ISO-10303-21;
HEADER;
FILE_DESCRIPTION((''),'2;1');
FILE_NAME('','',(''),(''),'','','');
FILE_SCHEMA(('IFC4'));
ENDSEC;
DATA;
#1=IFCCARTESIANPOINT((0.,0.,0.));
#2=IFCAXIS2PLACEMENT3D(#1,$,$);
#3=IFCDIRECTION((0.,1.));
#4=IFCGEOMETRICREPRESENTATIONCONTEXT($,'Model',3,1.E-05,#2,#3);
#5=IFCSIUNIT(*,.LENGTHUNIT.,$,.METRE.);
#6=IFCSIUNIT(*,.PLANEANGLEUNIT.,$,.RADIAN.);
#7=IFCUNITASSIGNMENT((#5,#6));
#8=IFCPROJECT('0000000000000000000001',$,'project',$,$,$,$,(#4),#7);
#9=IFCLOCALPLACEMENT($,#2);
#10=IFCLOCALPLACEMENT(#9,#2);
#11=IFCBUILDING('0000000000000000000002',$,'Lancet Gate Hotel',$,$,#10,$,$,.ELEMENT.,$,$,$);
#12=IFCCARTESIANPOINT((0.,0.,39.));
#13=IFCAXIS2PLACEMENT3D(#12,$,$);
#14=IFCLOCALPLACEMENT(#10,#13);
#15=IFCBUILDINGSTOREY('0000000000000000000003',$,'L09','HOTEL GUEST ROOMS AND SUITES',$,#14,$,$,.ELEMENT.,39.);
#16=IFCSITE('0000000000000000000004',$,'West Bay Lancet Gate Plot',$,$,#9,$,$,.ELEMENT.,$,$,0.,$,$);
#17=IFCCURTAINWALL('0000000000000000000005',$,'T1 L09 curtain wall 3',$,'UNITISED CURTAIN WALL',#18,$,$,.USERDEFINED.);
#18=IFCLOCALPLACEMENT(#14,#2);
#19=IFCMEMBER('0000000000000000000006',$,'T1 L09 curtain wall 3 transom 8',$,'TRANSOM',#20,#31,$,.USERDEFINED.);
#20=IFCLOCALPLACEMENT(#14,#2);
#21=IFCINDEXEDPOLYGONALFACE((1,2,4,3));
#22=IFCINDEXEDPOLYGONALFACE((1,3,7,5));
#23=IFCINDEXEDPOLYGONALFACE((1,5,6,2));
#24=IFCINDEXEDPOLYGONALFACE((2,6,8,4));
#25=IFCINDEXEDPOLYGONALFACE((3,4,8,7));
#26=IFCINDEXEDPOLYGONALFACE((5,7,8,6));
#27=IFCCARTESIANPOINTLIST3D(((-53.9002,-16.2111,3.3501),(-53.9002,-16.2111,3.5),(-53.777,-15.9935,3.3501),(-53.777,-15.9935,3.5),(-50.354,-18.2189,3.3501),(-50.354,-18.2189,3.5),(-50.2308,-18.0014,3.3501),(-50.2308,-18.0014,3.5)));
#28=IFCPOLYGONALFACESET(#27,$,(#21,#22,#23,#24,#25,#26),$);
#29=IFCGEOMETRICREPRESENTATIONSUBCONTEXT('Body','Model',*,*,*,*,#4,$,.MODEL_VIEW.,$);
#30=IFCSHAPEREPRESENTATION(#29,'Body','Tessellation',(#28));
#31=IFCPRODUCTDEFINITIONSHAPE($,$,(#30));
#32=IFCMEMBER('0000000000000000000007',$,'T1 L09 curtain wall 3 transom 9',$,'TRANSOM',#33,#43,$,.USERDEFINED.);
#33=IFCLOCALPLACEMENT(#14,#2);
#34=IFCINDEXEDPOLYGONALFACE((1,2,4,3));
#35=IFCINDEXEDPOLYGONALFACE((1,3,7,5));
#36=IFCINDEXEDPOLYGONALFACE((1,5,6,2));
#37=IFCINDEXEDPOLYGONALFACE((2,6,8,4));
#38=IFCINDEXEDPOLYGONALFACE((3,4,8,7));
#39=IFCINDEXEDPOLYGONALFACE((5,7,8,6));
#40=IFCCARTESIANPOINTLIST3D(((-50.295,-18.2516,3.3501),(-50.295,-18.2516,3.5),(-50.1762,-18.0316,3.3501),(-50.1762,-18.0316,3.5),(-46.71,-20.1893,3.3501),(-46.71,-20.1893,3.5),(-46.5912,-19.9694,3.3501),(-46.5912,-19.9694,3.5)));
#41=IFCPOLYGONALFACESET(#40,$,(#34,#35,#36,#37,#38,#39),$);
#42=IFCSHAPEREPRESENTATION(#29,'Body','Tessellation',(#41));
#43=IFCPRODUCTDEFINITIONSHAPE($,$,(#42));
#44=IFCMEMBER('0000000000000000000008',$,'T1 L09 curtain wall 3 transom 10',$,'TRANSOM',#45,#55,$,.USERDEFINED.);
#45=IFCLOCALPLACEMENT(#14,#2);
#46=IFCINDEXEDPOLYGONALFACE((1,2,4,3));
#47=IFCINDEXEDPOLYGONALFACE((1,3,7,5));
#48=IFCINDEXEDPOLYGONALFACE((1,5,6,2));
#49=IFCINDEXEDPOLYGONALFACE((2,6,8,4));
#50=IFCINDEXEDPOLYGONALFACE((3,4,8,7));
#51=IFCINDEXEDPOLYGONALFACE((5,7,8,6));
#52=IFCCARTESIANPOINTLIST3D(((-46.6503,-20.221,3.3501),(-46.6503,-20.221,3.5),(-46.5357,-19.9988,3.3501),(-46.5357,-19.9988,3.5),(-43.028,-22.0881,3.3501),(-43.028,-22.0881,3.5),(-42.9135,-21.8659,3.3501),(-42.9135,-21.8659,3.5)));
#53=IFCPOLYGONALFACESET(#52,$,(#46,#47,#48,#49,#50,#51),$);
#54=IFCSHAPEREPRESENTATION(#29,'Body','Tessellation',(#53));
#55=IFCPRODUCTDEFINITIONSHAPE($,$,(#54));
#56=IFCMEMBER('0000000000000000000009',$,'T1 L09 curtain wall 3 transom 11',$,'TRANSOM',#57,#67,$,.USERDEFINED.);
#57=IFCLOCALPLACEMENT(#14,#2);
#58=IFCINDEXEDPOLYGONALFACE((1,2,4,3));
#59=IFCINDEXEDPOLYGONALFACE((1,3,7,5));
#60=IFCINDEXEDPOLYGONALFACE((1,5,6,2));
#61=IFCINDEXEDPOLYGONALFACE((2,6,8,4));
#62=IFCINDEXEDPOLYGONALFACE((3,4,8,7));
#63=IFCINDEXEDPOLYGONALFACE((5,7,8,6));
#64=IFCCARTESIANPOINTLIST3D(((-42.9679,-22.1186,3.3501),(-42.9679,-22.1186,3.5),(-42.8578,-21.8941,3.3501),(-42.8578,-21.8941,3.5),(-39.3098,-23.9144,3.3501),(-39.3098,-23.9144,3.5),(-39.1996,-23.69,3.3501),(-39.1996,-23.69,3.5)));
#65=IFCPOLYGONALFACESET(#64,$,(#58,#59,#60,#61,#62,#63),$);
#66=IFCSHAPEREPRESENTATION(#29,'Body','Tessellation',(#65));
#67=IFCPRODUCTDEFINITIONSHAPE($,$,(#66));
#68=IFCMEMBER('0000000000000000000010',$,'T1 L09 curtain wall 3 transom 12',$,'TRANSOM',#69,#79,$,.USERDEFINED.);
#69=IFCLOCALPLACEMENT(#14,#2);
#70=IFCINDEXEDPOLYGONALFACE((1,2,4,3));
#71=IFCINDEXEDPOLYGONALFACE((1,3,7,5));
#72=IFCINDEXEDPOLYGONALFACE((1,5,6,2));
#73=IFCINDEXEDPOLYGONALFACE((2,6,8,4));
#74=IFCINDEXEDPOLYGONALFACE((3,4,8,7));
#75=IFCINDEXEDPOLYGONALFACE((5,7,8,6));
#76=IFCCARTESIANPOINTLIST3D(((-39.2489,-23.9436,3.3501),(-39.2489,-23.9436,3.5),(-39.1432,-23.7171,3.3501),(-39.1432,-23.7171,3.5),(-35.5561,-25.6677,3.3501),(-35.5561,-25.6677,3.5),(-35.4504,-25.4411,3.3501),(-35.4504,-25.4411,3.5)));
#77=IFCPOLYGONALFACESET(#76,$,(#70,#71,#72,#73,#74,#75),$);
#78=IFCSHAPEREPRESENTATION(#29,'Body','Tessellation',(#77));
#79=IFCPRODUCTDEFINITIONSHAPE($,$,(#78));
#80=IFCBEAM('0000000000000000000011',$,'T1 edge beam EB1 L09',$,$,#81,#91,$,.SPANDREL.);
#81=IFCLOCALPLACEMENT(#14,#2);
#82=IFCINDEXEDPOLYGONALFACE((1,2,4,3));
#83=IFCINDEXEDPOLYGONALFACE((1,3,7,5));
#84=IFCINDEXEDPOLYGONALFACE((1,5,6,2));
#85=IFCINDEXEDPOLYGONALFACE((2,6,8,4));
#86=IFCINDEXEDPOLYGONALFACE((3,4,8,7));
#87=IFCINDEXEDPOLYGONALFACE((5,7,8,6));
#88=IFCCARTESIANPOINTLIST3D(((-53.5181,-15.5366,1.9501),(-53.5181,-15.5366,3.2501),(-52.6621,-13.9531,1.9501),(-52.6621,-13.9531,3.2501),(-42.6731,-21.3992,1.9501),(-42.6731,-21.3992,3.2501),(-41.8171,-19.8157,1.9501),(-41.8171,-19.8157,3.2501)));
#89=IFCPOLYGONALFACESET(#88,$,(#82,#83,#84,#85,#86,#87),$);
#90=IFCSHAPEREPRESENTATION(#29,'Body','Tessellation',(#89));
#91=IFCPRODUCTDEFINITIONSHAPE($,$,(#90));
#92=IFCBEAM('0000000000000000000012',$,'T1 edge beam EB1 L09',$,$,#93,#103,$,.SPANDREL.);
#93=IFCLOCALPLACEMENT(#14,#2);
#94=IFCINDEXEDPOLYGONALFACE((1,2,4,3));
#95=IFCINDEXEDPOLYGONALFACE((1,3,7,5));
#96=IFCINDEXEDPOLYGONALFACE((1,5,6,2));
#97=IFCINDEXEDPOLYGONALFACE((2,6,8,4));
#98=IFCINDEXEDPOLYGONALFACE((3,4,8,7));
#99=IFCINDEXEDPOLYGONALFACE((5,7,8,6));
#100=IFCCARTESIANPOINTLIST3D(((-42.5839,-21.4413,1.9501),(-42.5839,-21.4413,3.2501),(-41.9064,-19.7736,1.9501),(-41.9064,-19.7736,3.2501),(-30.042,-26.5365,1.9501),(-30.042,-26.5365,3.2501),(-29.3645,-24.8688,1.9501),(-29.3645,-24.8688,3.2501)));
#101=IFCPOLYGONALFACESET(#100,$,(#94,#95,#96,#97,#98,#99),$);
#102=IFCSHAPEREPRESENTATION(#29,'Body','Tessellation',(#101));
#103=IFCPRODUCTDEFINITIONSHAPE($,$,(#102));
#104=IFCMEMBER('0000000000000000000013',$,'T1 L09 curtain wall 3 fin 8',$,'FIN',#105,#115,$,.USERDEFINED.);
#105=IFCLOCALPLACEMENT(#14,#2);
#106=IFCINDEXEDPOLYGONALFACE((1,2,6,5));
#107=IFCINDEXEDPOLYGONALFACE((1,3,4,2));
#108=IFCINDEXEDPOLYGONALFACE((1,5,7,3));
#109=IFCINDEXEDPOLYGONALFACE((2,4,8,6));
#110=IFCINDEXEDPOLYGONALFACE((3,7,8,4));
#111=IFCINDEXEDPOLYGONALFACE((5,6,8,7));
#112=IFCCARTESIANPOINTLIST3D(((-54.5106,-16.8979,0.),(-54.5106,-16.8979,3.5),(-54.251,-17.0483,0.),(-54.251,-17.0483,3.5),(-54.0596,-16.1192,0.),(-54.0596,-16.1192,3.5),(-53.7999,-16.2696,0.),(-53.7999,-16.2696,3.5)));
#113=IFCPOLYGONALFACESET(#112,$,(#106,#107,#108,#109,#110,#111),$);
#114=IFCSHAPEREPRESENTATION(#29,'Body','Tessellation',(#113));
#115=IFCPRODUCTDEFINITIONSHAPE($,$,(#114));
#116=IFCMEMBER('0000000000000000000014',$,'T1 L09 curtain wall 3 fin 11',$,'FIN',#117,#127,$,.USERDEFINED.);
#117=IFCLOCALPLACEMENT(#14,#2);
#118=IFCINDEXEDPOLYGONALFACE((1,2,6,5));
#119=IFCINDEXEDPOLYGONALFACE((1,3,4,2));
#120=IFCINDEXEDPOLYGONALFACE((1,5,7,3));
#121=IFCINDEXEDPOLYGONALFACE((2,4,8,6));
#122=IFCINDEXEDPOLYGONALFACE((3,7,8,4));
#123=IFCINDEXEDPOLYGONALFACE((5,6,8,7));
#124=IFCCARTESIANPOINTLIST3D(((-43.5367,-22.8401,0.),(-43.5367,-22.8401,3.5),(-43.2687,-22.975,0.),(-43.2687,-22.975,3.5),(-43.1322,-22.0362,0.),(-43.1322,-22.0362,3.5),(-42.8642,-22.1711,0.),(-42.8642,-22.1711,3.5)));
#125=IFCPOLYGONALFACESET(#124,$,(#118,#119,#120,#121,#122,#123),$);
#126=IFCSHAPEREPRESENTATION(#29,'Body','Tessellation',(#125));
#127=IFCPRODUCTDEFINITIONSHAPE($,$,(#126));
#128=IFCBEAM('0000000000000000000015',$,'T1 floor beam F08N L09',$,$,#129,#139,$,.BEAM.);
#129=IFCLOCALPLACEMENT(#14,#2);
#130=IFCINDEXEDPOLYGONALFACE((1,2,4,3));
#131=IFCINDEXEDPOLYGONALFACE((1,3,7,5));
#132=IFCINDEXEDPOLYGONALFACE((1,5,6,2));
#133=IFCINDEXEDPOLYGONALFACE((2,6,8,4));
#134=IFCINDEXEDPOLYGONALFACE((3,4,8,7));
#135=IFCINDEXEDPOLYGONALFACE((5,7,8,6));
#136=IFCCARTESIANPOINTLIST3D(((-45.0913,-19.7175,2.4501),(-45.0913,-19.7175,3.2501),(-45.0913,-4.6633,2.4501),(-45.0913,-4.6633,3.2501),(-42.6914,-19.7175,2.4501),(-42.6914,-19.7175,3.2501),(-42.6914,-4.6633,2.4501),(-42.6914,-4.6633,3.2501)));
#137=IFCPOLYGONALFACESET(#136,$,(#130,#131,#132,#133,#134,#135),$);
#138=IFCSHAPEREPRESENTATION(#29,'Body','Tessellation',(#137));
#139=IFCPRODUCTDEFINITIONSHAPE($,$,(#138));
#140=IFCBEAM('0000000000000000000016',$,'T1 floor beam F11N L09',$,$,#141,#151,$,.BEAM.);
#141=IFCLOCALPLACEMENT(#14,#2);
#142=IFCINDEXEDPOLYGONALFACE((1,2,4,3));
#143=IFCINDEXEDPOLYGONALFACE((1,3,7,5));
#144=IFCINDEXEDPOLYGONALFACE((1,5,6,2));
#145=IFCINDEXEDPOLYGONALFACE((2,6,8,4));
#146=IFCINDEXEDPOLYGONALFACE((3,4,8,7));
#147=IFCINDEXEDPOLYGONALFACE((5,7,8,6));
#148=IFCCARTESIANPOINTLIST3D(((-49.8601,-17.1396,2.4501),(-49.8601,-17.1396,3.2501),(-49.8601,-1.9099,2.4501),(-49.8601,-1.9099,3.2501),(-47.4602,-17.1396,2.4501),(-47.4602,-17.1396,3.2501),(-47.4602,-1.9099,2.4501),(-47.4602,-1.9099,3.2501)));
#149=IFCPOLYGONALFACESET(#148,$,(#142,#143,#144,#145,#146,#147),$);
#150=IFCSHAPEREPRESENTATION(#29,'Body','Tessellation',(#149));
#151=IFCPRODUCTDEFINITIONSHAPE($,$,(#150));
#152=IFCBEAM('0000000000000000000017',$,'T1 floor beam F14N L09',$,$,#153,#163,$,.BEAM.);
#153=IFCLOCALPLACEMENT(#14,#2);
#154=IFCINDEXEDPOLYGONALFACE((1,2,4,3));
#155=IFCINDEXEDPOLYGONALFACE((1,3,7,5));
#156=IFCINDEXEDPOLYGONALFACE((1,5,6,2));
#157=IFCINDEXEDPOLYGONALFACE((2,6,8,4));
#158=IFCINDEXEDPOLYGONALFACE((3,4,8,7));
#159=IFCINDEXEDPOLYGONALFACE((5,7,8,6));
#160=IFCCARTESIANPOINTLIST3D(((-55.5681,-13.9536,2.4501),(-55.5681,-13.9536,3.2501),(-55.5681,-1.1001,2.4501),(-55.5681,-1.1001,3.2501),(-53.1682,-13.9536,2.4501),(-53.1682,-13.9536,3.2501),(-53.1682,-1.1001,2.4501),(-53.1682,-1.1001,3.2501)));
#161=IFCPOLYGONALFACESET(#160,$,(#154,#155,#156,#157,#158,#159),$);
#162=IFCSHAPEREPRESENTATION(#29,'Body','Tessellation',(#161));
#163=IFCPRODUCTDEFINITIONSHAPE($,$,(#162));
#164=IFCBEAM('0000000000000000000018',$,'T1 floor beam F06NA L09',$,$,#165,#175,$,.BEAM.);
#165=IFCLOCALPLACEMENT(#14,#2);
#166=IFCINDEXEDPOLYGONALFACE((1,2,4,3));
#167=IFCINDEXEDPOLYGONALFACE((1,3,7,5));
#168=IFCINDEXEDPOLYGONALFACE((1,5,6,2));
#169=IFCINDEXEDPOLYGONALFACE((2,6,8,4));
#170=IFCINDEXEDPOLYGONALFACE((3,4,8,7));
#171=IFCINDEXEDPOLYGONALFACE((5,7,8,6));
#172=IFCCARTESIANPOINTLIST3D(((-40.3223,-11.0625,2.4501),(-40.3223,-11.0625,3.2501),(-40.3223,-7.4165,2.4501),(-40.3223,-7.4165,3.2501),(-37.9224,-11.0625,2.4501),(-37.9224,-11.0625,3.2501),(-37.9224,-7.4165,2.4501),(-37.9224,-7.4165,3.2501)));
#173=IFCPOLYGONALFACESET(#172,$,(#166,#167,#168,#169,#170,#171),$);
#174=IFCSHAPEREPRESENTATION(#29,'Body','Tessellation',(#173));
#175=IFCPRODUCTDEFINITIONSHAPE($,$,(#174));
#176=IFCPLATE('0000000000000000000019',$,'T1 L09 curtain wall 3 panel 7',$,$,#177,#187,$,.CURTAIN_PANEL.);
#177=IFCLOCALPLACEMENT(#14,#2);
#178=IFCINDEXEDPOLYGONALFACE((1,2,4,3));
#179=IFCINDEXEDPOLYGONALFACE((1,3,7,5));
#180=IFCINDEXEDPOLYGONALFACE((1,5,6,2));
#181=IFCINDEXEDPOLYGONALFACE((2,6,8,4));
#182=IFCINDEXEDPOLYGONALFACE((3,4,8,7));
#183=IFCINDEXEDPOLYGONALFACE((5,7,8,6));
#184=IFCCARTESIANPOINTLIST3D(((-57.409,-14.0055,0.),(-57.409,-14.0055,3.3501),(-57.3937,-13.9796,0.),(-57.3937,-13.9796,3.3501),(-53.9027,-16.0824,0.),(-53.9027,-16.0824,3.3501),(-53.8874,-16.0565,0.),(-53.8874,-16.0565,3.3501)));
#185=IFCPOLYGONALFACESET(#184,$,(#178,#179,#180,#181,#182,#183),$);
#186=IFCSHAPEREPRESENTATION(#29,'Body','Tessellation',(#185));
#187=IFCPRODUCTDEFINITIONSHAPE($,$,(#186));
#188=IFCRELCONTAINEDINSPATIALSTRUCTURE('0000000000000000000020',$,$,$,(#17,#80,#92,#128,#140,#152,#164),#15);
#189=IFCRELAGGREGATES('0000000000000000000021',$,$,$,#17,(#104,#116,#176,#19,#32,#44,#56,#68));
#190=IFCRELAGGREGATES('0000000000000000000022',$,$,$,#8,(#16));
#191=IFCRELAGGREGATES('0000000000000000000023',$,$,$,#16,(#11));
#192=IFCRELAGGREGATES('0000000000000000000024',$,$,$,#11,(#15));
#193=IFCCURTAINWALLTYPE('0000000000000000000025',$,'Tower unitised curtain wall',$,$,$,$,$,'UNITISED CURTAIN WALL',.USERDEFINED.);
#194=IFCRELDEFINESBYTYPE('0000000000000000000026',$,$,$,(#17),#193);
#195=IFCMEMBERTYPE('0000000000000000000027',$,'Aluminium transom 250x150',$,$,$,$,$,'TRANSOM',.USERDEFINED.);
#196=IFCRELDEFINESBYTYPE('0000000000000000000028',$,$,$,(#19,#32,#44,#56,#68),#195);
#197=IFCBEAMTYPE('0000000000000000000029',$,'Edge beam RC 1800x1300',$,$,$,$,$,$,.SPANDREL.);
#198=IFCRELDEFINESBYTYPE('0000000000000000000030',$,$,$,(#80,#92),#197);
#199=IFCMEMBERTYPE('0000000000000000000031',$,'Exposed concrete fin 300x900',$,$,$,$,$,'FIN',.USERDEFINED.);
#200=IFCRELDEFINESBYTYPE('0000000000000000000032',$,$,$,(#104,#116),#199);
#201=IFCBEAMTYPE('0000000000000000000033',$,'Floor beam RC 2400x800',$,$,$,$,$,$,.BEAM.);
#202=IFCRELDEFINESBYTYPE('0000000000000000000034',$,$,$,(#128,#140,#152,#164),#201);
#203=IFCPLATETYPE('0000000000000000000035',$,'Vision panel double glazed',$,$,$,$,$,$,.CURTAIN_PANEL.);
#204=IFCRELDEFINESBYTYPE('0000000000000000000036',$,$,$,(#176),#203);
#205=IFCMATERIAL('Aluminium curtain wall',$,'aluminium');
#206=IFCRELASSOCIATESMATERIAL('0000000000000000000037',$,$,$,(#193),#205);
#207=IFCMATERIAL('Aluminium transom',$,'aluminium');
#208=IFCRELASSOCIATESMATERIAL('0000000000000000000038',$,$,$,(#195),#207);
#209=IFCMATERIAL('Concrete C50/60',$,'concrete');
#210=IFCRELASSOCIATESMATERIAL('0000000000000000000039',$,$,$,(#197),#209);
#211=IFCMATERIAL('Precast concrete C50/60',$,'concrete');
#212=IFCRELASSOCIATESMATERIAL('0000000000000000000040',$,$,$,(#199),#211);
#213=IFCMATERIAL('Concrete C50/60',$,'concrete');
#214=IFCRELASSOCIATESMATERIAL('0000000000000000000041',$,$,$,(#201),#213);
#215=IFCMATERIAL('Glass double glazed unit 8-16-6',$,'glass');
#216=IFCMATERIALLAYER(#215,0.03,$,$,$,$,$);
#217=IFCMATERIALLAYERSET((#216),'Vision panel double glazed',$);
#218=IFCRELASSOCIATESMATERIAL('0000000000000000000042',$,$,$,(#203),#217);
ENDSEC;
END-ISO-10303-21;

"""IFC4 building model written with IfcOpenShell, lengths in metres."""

from ifc_helpers import new_model, si_unit, direction, frame, origin, origin_2d, place, context, subcontext, project, spatial, rectangle, extrude, material, layer, layer_set, material_profile, profile_set, type_object, element, aggregate, save


model = new_model("IFC4")

# Units and contexts
model_context = context("Model", 3, precision=1e-05, world=origin(), true_north=direction((0.0, 1.0)))
body_context = subcontext(model_context, "Body", "Model", "MODEL_VIEW")
ifc_project = project(units=[si_unit("LENGTHUNIT", "METRE"), si_unit("PLANEANGLEUNIT", "RADIAN")], contexts=[model_context])

# Site, building, storey
site_placement = place(None, origin())
site = spatial("IfcSite", under=ifc_project, at=site_placement, Name="West Bay Lancet Gate Plot", CompositionType="ELEMENT", RefElevation=0.0)
building_placement = place(site_placement, origin())
building = spatial("IfcBuilding", under=site, at=building_placement, Name="Lancet Gate Hotel", CompositionType="ELEMENT")
storey_placement = place(building_placement, frame((0.0, 0.0, 39.0)))
storey = spatial("IfcBuildingStorey", under=building, at=storey_placement, Name="L09", Description="HOTEL GUEST ROOMS AND SUITES", CompositionType="ELEMENT", Elevation=39.0)

# Curtain wall, members
ifc_material_1 = material(Name="Aluminium curtain wall", Category="aluminium")
curtain_wall_type = type_object("IfcCurtainWallType", Name="Tower unitised curtain wall", ElementType="UNITISED CURTAIN WALL", PredefinedType="USERDEFINED", material=ifc_material_1)
curtain_wall_placement = place(storey_placement, origin())
curtain_wall = element("IfcCurtainWall", 1, at=curtain_wall_placement, inside=storey, type_object=curtain_wall_type, Name="T1 L09 curtain wall 3", ObjectType="UNITISED CURTAIN WALL", PredefinedType="USERDEFINED")
ifc_material_2 = material(Name="Aluminium transom", Category="aluminium")
ifc_material_profile_1 = material_profile(ifc_material_2, rectangle(XDim=0.25, YDim=0.1499, at=origin_2d()), Name="TRANSOM 250x150")
ifc_profile_set_1 = profile_set([ifc_material_profile_1], Name="Aluminium transom")
member_type_1 = type_object("IfcMemberType", Name="Aluminium transom 250x150", ElementType="TRANSOM", PredefinedType="USERDEFINED", material=ifc_profile_set_1)
member_1_placement = place(storey_placement, frame((-53.8386, -16.1023, 3.425), z_axis=(0.870198, -0.492703, 0.0), x_axis=(0.492703, 0.870198, 0.0)))
member_1 = element("IfcMember", 2, at=member_1_placement, type_object=member_type_1, Name="T1 L09 curtain wall 3 transom 8", ObjectType="TRANSOM", PredefinedType="USERDEFINED", context=body_context, shape_type="SweptSolid", body=[
    extrude(rectangle(XDim=0.25, YDim=0.1499, at=origin_2d()), origin(), (0.0, 0.0, 1.0), 4.0752),
])
member_2_placement = place(storey_placement, frame((-50.2356, -18.1416, 3.425), z_axis=(0.879714, -0.475503, 0.0), x_axis=(0.475503, 0.879714, 0.0)))
member_2 = element("IfcMember", 3, at=member_2_placement, type_object=member_type_1, Name="T1 L09 curtain wall 3 transom 9", ObjectType="TRANSOM", PredefinedType="USERDEFINED", context=body_context, shape_type="SweptSolid", body=[
    extrude(rectangle(XDim=0.25, YDim=0.1499, at=origin_2d()), origin(), (0.0, 0.0, 1.0), 4.0752),
])
member_3_placement = place(storey_placement, frame((-46.593, -20.1099, 3.425), z_axis=(0.88886, -0.458179, 0.0), x_axis=(0.458179, 0.88886, 0.0)))
member_3 = element("IfcMember", 4, at=member_3_placement, type_object=member_type_1, Name="T1 L09 curtain wall 3 transom 10", ObjectType="TRANSOM", PredefinedType="USERDEFINED", context=body_context, shape_type="SweptSolid", body=[
    extrude(rectangle(XDim=0.25, YDim=0.1499, at=origin_2d()), origin(), (0.0, 0.0, 1.0), 4.0752),
])
member_4_placement = place(storey_placement, frame((-42.9128, -22.0063, 3.425), z_axis=(0.897662, -0.440684, 0.0), x_axis=(0.440684, 0.897662, 0.0)))
member_4 = element("IfcMember", 5, at=member_4_placement, type_object=member_type_1, Name="T1 L09 curtain wall 3 transom 11", ObjectType="TRANSOM", PredefinedType="USERDEFINED", context=body_context, shape_type="SweptSolid", body=[
    extrude(rectangle(XDim=0.25, YDim=0.1499, at=origin_2d()), origin(), (0.0, 0.0, 1.0), 4.0752),
])
member_5_placement = place(storey_placement, frame((-39.196, -23.8303, 3.425), z_axis=(0.90611, -0.423043, 0.0), x_axis=(0.423043, 0.90611, 0.0)))
member_5 = element("IfcMember", 6, at=member_5_placement, type_object=member_type_1, Name="T1 L09 curtain wall 3 transom 12", ObjectType="TRANSOM", PredefinedType="USERDEFINED", context=body_context, shape_type="SweptSolid", body=[
    extrude(rectangle(XDim=0.25, YDim=0.1499, at=origin_2d()), origin(), (0.0, 0.0, 1.0), 4.0754),
])

# Beams
ifc_material_3 = material(Name="Concrete C50/60", Category="concrete")
ifc_material_profile_2 = material_profile(ifc_material_3, rectangle(XDim=1.8, YDim=1.3, at=origin_2d()), Name="RC 1800x1300")
ifc_profile_set_2 = profile_set([ifc_material_profile_2], Name="Concrete C50/60")
beam_type_1 = type_object("IfcBeamType", Name="Edge beam RC 1800x1300", PredefinedType="SPANDREL", material=ifc_profile_set_2)
beam_1_placement = place(storey_placement, frame((-53.0901, -14.7449, 2.6001), z_axis=(0.879693, -0.475542, 0.0), x_axis=(0.475542, 0.879693, 0.0)))
element("IfcBeam", 7, at=beam_1_placement, inside=storey, type_object=beam_type_1, Name="T1 edge beam EB1 L09", PredefinedType="SPANDREL", context=body_context, shape_type="SweptSolid", body=[
    extrude(rectangle(XDim=1.8, YDim=1.3, at=origin_2d()), origin(), (0.0, 0.0, 1.0), 12.3281),
])
beam_2_placement = place(storey_placement, frame((-42.2451, -20.6074, 2.6001), z_axis=(0.926463, -0.376385, 0.0), x_axis=(0.376385, 0.926463, 0.0)))
element("IfcBeam", 8, at=beam_2_placement, inside=storey, type_object=beam_type_1, Name="T1 edge beam EB1 L09", PredefinedType="SPANDREL", context=body_context, shape_type="SweptSolid", body=[
    extrude(rectangle(XDim=1.8, YDim=1.3, at=origin_2d()), origin(), (0.0, 0.0, 1.0), 13.5374),
])

# Members
ifc_material_4 = material(Name="Precast concrete C50/60", Category="concrete")
ifc_material_profile_3 = material_profile(ifc_material_4, rectangle(XDim=0.3, YDim=0.8999, at=origin_2d()), Name="FIN 300x900")
ifc_profile_set_3 = profile_set([ifc_material_profile_3], Name="Precast concrete C50/60")
member_type_2 = type_object("IfcMemberType", Name="Exposed concrete fin 300x900", ElementType="FIN", PredefinedType="USERDEFINED", material=ifc_profile_set_3)
member_6_placement = place(storey_placement, frame((-54.1553, -16.5837, 0.0), z_axis=(0.0, 0.0, 1.0), x_axis=(0.865335, -0.501194, 0.0)))
member_6 = element("IfcMember", 9, at=member_6_placement, type_object=member_type_2, Name="T1 L09 curtain wall 3 fin 8", ObjectType="FIN", PredefinedType="USERDEFINED", context=body_context, shape_type="SweptSolid", body=[
    extrude(rectangle(XDim=0.3, YDim=0.8999, at=origin_2d()), origin(), (0.0, 0.0, 1.0), 3.5),
])
member_7_placement = place(storey_placement, frame((-43.2004, -22.5056, 0.0), z_axis=(0.0, 0.0, 1.0), x_axis=(0.893292, -0.449478, 0.0)))
member_7 = element("IfcMember", 10, at=member_7_placement, type_object=member_type_2, Name="T1 L09 curtain wall 3 fin 11", ObjectType="FIN", PredefinedType="USERDEFINED", context=body_context, shape_type="SweptSolid", body=[
    extrude(rectangle(XDim=0.3, YDim=0.8999, at=origin_2d()), origin(), (0.0, 0.0, 1.0), 3.5),
])

# Beams
ifc_material_5 = material(Name="Concrete C50/60", Category="concrete")
ifc_material_profile_4 = material_profile(ifc_material_5, rectangle(XDim=2.3999, YDim=0.8, at=origin_2d()), Name="RC 2400x800")
ifc_profile_set_4 = profile_set([ifc_material_profile_4], Name="Concrete C50/60")
beam_type_2 = type_object("IfcBeamType", Name="Floor beam RC 2400x800", PredefinedType="BEAM", material=ifc_profile_set_4)
beam_3_placement = place(storey_placement, frame((-43.8914, -4.6633, 2.8501), z_axis=(0.0, -1.0, 0.0), x_axis=(1.0, 0.0, 0.0)))
element("IfcBeam", 11, at=beam_3_placement, inside=storey, type_object=beam_type_2, Name="T1 floor beam F08N L09", PredefinedType="BEAM", context=body_context, shape_type="SweptSolid", body=[
    extrude(rectangle(XDim=2.3999, YDim=0.8, at=origin_2d()), origin(), (0.0, 0.0, 1.0), 15.0542),
])
beam_4_placement = place(storey_placement, frame((-48.6602, -1.9099, 2.8501), z_axis=(0.0, -1.0, 0.0), x_axis=(1.0, 0.0, 0.0)))
element("IfcBeam", 12, at=beam_4_placement, inside=storey, type_object=beam_type_2, Name="T1 floor beam F11N L09", PredefinedType="BEAM", context=body_context, shape_type="SweptSolid", body=[
    extrude(rectangle(XDim=2.3999, YDim=0.8, at=origin_2d()), origin(), (0.0, 0.0, 1.0), 15.2297),
])
beam_5_placement = place(storey_placement, frame((-54.3682, -1.1001, 2.8501), z_axis=(0.0, -1.0, 0.0), x_axis=(1.0, 0.0, 0.0)))
element("IfcBeam", 13, at=beam_5_placement, inside=storey, type_object=beam_type_2, Name="T1 floor beam F14N L09", PredefinedType="BEAM", context=body_context, shape_type="SweptSolid", body=[
    extrude(rectangle(XDim=2.3999, YDim=0.8, at=origin_2d()), origin(), (0.0, 0.0, 1.0), 12.8535),
])
beam_6_placement = place(storey_placement, frame((-39.1223, -7.4165, 2.8501), z_axis=(0.0, -1.0, 0.0), x_axis=(1.0, 0.0, 0.0)))
element("IfcBeam", 14, at=beam_6_placement, inside=storey, type_object=beam_type_2, Name="T1 floor beam F06NA L09", PredefinedType="BEAM", context=body_context, shape_type="SweptSolid", body=[
    extrude(rectangle(XDim=2.3999, YDim=0.8, at=origin_2d()), origin(), (0.0, 0.0, 1.0), 3.646),
])

# Plate
ifc_material_6 = material(Name="Glass double glazed unit 8-16-6", Category="glass")
ifc_layer_1 = layer(ifc_material_6, 0.03)
ifc_layer_set_1 = layer_set([ifc_layer_1], Name="Vision panel double glazed")
plate_type = type_object("IfcPlateType", Name="Vision panel double glazed", PredefinedType="CURTAIN_PANEL", material=ifc_layer_set_1)
plate_1_placement = place(storey_placement, frame((-55.6482, -15.031, 0.0), z_axis=(0.0, 0.0, 1.0), x_axis=(0.860382, -0.50965, 0.0)))
plate_1 = element("IfcPlate", 15, at=plate_1_placement, type_object=plate_type, Name="T1 L09 curtain wall 3 panel 7", PredefinedType="CURTAIN_PANEL", context=body_context, shape_type="SweptSolid", body=[
    extrude(rectangle(XDim=4.0752, YDim=0.03, at=origin_2d()), origin(), (0.0, 0.0, 1.0), 3.3501),
])
aggregate(curtain_wall, [member_6, member_7, plate_1, member_1, member_2, member_3, member_4, member_5])

save(model, "model.ifc")
